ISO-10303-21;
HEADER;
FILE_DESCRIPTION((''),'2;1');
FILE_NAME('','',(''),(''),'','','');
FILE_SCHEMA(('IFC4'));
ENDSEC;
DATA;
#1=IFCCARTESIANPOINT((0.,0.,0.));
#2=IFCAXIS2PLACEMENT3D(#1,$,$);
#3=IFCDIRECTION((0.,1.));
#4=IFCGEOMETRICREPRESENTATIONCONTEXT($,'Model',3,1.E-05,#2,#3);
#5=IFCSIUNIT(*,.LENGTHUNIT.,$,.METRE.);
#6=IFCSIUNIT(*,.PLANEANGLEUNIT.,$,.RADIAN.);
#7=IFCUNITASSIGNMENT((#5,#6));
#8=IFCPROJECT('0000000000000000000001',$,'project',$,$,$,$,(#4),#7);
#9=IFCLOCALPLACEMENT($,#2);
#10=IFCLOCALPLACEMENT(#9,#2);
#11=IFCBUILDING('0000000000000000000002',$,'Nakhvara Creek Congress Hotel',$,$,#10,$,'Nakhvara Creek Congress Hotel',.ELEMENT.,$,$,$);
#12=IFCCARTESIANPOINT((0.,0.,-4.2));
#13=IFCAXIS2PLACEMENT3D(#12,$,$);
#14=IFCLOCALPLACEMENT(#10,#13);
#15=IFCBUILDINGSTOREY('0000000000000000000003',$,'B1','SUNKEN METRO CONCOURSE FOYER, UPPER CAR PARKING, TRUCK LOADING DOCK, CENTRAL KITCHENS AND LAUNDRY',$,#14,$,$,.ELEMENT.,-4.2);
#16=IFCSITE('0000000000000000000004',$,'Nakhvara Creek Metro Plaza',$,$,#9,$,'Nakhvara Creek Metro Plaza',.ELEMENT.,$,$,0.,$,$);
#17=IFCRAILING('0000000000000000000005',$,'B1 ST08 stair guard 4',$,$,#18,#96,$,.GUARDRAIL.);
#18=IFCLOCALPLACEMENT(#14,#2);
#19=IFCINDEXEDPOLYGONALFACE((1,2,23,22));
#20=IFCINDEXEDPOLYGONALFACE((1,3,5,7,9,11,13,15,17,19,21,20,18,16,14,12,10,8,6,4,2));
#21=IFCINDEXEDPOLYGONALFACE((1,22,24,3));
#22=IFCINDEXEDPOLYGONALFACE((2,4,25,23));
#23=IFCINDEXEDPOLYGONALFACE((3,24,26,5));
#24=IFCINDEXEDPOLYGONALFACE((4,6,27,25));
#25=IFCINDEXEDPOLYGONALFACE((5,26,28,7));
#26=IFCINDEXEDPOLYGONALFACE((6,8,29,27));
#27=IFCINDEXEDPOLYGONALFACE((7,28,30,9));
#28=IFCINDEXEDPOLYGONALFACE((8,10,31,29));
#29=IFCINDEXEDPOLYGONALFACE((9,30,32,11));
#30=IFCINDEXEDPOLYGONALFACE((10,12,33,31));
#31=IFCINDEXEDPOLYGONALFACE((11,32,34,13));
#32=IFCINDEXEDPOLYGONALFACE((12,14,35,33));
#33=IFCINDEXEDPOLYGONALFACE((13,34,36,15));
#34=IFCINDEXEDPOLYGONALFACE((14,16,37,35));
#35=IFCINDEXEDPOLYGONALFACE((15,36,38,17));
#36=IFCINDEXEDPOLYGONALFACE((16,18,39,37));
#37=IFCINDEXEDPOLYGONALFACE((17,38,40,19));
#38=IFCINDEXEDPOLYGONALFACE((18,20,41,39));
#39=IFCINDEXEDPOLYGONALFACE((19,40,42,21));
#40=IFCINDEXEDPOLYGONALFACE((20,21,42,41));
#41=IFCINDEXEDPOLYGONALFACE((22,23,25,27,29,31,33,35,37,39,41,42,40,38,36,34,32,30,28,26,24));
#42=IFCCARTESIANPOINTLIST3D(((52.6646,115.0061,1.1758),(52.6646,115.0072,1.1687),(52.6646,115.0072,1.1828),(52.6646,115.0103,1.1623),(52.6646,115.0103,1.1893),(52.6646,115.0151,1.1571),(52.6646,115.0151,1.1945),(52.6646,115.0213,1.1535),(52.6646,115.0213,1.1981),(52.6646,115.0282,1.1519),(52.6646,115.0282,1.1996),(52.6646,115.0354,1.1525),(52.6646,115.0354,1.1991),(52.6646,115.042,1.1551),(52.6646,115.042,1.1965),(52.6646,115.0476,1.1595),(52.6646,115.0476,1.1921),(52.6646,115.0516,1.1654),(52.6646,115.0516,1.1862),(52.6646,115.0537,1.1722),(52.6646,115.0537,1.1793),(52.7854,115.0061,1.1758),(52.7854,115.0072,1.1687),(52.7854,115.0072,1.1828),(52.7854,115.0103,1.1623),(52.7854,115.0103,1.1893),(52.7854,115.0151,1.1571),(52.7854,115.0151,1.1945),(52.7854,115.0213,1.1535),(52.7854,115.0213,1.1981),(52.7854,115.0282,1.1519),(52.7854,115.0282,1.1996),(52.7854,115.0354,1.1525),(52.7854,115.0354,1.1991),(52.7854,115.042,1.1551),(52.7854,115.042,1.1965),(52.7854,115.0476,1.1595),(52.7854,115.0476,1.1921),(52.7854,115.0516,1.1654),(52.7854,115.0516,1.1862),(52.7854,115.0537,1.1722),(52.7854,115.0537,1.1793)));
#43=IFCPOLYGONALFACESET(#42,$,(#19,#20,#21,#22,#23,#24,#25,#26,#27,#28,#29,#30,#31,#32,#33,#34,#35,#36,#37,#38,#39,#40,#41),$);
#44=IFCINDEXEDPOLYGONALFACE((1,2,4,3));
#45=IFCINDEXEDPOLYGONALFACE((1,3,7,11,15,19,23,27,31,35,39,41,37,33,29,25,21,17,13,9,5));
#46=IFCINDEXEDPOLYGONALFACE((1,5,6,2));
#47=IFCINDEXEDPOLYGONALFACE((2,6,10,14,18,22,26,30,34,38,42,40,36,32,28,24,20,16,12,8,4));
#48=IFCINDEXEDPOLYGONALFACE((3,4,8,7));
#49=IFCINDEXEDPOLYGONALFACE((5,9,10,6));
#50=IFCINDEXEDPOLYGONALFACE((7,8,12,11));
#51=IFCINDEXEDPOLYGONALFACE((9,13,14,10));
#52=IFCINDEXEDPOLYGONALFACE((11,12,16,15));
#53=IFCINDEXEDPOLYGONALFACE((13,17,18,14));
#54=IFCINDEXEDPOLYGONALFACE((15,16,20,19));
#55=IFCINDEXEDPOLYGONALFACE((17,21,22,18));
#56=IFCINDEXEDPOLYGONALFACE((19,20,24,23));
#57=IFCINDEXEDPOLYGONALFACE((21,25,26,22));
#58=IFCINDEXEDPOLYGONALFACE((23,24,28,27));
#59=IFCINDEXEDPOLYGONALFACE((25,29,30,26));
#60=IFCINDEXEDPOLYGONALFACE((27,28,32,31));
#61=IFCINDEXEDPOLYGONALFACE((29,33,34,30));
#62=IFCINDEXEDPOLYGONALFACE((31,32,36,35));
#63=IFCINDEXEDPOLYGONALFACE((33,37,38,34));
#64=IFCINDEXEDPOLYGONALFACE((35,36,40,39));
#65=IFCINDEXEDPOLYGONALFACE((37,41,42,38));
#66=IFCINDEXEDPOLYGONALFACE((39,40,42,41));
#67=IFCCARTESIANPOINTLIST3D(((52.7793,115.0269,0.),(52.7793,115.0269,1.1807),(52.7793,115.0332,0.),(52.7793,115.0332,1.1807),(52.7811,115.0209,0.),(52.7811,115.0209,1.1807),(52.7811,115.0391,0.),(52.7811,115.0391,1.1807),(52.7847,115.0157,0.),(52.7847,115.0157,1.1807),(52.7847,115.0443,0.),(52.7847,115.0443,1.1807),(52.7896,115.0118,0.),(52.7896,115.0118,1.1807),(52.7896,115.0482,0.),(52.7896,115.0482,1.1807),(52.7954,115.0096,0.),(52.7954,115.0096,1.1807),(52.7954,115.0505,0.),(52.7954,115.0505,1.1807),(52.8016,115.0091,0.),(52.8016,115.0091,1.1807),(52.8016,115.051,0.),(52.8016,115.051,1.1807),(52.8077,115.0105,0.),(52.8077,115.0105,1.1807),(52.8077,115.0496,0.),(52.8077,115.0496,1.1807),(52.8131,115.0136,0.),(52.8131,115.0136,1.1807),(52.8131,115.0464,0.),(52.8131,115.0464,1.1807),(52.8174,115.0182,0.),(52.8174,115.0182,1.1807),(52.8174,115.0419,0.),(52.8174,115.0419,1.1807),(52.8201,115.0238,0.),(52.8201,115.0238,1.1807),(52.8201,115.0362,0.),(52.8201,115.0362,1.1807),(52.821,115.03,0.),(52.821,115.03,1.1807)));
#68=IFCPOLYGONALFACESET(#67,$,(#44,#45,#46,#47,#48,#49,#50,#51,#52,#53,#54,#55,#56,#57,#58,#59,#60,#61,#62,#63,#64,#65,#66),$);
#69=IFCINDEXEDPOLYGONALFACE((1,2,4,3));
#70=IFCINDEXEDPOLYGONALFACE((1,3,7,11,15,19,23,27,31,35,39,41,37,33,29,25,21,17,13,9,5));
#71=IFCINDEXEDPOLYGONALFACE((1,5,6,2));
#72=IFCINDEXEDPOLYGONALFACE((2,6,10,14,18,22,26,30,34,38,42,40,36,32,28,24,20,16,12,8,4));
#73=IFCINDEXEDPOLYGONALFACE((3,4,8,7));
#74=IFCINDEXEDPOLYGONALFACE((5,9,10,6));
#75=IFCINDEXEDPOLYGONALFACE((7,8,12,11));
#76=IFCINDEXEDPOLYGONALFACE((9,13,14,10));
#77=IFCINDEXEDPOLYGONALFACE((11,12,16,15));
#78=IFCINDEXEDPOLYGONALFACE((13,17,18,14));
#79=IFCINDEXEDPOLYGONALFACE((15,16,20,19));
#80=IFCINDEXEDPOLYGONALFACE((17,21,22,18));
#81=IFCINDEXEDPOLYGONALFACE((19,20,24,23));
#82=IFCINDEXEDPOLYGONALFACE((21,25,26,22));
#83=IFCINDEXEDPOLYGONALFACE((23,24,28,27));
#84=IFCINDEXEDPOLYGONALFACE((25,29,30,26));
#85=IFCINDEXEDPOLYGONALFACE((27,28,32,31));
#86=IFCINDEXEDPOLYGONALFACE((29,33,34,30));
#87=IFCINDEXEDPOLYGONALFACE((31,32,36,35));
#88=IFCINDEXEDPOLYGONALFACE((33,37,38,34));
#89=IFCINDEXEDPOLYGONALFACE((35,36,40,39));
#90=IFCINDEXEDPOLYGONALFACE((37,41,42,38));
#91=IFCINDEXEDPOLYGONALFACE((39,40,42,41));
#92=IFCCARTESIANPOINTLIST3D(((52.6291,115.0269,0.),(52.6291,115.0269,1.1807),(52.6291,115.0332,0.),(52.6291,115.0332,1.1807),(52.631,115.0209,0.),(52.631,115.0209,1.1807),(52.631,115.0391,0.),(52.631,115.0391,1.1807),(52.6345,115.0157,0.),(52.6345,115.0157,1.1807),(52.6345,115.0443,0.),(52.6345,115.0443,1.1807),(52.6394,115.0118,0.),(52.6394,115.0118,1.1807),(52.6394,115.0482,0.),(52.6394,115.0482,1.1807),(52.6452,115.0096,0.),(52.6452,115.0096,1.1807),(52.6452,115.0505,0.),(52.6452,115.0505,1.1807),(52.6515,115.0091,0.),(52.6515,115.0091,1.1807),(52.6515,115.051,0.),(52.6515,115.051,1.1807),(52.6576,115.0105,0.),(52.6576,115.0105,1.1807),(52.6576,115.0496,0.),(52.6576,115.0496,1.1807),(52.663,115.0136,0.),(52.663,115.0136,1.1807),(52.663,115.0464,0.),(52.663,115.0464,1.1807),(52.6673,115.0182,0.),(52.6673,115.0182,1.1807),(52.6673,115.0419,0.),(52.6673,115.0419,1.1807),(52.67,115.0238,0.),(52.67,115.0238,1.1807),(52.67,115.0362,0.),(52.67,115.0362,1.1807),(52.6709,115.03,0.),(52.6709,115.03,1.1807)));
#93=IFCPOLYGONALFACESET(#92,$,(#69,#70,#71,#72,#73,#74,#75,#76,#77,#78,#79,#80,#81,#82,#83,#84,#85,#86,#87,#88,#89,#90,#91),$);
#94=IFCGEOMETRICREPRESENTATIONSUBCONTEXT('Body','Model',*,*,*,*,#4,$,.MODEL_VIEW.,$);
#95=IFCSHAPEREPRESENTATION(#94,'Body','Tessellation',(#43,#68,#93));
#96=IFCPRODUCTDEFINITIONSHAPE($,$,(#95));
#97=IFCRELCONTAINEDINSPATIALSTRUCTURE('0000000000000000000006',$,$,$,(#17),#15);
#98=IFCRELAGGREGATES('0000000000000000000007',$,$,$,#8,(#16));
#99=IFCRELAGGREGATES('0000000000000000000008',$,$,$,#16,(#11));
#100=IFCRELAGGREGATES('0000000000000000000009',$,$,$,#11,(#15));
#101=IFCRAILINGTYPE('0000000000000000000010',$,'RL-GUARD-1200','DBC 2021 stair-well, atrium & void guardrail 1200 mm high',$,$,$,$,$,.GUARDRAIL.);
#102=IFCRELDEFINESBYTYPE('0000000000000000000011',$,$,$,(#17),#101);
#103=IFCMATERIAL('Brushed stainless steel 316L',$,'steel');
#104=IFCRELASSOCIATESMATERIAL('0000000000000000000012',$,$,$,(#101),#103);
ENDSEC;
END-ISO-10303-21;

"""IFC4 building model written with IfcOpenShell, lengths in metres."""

from ifc_helpers import new_model, si_unit, direction, frame, origin, origin_2d, place, context, subcontext, project, spatial, circle, extrude, material, type_object, element, save


model = new_model("IFC4")

# Units and contexts
model_context = context("Model", 3, precision=1e-05, world=origin(), true_north=direction((0.0, 1.0)))
body_context = subcontext(model_context, "Body", "Model", "MODEL_VIEW")
ifc_project = project(units=[si_unit("LENGTHUNIT", "METRE"), si_unit("PLANEANGLEUNIT", "RADIAN")], contexts=[model_context])

# Site, building, storey
site_placement = place(None, origin())
site = spatial("IfcSite", under=ifc_project, at=site_placement, Name="Nakhvara Creek Metro Plaza", LongName="Nakhvara Creek Metro Plaza", CompositionType="ELEMENT", RefElevation=0.0)
building_placement = place(site_placement, origin())
building = spatial("IfcBuilding", under=site, at=building_placement, Name="Nakhvara Creek Congress Hotel", LongName="Nakhvara Creek Congress Hotel", CompositionType="ELEMENT")
storey_placement = place(building_placement, frame((0.0, 0.0, -4.2)))
storey = spatial("IfcBuildingStorey", under=building, at=storey_placement, Name="B1", Description="SUNKEN METRO CONCOURSE FOYER, UPPER CAR PARKING, TRUCK LOADING DOCK, CENTRAL KITCHENS AND LAUNDRY", CompositionType="ELEMENT", Elevation=-4.2)

# Railing
ifc_material_1 = material(Name="Brushed stainless steel 316L", Category="steel")
railing_type_1 = type_object("IfcRailingType", Name="RL-GUARD-1200", Description="DBC 2021 stair-well, atrium & void guardrail 1200 mm high", PredefinedType="GUARDRAIL", material=ifc_material_1)
railing_1_placement = place(storey_placement, frame((52.8, 115.03, 0.0)))
element("IfcRailing", 1, at=railing_1_placement, inside=storey, type_object=railing_type_1, Name="B1 ST08 stair guard 4", PredefinedType="GUARDRAIL", context=body_context, shape_type="SweptSolid", body=[
    extrude(circle(Radius=0.0239, at=origin_2d()), frame((-0.0146, 0.0, 1.1758), z_axis=(-1.0, 0.0, 0.0), x_axis=(0.0, -1.0, 0.0)), (0.0, 0.0, 1.0), 0.1208),
    extrude(circle(Radius=0.021, at=origin_2d()), origin(), (0.0, 0.0, 1.0), 1.1807),
    extrude(circle(Radius=0.021, at=origin_2d()), frame((-0.1501, 0.0, 0.0)), (0.0, 0.0, 1.0), 1.1807),
])

save(model, "model.ifc")
